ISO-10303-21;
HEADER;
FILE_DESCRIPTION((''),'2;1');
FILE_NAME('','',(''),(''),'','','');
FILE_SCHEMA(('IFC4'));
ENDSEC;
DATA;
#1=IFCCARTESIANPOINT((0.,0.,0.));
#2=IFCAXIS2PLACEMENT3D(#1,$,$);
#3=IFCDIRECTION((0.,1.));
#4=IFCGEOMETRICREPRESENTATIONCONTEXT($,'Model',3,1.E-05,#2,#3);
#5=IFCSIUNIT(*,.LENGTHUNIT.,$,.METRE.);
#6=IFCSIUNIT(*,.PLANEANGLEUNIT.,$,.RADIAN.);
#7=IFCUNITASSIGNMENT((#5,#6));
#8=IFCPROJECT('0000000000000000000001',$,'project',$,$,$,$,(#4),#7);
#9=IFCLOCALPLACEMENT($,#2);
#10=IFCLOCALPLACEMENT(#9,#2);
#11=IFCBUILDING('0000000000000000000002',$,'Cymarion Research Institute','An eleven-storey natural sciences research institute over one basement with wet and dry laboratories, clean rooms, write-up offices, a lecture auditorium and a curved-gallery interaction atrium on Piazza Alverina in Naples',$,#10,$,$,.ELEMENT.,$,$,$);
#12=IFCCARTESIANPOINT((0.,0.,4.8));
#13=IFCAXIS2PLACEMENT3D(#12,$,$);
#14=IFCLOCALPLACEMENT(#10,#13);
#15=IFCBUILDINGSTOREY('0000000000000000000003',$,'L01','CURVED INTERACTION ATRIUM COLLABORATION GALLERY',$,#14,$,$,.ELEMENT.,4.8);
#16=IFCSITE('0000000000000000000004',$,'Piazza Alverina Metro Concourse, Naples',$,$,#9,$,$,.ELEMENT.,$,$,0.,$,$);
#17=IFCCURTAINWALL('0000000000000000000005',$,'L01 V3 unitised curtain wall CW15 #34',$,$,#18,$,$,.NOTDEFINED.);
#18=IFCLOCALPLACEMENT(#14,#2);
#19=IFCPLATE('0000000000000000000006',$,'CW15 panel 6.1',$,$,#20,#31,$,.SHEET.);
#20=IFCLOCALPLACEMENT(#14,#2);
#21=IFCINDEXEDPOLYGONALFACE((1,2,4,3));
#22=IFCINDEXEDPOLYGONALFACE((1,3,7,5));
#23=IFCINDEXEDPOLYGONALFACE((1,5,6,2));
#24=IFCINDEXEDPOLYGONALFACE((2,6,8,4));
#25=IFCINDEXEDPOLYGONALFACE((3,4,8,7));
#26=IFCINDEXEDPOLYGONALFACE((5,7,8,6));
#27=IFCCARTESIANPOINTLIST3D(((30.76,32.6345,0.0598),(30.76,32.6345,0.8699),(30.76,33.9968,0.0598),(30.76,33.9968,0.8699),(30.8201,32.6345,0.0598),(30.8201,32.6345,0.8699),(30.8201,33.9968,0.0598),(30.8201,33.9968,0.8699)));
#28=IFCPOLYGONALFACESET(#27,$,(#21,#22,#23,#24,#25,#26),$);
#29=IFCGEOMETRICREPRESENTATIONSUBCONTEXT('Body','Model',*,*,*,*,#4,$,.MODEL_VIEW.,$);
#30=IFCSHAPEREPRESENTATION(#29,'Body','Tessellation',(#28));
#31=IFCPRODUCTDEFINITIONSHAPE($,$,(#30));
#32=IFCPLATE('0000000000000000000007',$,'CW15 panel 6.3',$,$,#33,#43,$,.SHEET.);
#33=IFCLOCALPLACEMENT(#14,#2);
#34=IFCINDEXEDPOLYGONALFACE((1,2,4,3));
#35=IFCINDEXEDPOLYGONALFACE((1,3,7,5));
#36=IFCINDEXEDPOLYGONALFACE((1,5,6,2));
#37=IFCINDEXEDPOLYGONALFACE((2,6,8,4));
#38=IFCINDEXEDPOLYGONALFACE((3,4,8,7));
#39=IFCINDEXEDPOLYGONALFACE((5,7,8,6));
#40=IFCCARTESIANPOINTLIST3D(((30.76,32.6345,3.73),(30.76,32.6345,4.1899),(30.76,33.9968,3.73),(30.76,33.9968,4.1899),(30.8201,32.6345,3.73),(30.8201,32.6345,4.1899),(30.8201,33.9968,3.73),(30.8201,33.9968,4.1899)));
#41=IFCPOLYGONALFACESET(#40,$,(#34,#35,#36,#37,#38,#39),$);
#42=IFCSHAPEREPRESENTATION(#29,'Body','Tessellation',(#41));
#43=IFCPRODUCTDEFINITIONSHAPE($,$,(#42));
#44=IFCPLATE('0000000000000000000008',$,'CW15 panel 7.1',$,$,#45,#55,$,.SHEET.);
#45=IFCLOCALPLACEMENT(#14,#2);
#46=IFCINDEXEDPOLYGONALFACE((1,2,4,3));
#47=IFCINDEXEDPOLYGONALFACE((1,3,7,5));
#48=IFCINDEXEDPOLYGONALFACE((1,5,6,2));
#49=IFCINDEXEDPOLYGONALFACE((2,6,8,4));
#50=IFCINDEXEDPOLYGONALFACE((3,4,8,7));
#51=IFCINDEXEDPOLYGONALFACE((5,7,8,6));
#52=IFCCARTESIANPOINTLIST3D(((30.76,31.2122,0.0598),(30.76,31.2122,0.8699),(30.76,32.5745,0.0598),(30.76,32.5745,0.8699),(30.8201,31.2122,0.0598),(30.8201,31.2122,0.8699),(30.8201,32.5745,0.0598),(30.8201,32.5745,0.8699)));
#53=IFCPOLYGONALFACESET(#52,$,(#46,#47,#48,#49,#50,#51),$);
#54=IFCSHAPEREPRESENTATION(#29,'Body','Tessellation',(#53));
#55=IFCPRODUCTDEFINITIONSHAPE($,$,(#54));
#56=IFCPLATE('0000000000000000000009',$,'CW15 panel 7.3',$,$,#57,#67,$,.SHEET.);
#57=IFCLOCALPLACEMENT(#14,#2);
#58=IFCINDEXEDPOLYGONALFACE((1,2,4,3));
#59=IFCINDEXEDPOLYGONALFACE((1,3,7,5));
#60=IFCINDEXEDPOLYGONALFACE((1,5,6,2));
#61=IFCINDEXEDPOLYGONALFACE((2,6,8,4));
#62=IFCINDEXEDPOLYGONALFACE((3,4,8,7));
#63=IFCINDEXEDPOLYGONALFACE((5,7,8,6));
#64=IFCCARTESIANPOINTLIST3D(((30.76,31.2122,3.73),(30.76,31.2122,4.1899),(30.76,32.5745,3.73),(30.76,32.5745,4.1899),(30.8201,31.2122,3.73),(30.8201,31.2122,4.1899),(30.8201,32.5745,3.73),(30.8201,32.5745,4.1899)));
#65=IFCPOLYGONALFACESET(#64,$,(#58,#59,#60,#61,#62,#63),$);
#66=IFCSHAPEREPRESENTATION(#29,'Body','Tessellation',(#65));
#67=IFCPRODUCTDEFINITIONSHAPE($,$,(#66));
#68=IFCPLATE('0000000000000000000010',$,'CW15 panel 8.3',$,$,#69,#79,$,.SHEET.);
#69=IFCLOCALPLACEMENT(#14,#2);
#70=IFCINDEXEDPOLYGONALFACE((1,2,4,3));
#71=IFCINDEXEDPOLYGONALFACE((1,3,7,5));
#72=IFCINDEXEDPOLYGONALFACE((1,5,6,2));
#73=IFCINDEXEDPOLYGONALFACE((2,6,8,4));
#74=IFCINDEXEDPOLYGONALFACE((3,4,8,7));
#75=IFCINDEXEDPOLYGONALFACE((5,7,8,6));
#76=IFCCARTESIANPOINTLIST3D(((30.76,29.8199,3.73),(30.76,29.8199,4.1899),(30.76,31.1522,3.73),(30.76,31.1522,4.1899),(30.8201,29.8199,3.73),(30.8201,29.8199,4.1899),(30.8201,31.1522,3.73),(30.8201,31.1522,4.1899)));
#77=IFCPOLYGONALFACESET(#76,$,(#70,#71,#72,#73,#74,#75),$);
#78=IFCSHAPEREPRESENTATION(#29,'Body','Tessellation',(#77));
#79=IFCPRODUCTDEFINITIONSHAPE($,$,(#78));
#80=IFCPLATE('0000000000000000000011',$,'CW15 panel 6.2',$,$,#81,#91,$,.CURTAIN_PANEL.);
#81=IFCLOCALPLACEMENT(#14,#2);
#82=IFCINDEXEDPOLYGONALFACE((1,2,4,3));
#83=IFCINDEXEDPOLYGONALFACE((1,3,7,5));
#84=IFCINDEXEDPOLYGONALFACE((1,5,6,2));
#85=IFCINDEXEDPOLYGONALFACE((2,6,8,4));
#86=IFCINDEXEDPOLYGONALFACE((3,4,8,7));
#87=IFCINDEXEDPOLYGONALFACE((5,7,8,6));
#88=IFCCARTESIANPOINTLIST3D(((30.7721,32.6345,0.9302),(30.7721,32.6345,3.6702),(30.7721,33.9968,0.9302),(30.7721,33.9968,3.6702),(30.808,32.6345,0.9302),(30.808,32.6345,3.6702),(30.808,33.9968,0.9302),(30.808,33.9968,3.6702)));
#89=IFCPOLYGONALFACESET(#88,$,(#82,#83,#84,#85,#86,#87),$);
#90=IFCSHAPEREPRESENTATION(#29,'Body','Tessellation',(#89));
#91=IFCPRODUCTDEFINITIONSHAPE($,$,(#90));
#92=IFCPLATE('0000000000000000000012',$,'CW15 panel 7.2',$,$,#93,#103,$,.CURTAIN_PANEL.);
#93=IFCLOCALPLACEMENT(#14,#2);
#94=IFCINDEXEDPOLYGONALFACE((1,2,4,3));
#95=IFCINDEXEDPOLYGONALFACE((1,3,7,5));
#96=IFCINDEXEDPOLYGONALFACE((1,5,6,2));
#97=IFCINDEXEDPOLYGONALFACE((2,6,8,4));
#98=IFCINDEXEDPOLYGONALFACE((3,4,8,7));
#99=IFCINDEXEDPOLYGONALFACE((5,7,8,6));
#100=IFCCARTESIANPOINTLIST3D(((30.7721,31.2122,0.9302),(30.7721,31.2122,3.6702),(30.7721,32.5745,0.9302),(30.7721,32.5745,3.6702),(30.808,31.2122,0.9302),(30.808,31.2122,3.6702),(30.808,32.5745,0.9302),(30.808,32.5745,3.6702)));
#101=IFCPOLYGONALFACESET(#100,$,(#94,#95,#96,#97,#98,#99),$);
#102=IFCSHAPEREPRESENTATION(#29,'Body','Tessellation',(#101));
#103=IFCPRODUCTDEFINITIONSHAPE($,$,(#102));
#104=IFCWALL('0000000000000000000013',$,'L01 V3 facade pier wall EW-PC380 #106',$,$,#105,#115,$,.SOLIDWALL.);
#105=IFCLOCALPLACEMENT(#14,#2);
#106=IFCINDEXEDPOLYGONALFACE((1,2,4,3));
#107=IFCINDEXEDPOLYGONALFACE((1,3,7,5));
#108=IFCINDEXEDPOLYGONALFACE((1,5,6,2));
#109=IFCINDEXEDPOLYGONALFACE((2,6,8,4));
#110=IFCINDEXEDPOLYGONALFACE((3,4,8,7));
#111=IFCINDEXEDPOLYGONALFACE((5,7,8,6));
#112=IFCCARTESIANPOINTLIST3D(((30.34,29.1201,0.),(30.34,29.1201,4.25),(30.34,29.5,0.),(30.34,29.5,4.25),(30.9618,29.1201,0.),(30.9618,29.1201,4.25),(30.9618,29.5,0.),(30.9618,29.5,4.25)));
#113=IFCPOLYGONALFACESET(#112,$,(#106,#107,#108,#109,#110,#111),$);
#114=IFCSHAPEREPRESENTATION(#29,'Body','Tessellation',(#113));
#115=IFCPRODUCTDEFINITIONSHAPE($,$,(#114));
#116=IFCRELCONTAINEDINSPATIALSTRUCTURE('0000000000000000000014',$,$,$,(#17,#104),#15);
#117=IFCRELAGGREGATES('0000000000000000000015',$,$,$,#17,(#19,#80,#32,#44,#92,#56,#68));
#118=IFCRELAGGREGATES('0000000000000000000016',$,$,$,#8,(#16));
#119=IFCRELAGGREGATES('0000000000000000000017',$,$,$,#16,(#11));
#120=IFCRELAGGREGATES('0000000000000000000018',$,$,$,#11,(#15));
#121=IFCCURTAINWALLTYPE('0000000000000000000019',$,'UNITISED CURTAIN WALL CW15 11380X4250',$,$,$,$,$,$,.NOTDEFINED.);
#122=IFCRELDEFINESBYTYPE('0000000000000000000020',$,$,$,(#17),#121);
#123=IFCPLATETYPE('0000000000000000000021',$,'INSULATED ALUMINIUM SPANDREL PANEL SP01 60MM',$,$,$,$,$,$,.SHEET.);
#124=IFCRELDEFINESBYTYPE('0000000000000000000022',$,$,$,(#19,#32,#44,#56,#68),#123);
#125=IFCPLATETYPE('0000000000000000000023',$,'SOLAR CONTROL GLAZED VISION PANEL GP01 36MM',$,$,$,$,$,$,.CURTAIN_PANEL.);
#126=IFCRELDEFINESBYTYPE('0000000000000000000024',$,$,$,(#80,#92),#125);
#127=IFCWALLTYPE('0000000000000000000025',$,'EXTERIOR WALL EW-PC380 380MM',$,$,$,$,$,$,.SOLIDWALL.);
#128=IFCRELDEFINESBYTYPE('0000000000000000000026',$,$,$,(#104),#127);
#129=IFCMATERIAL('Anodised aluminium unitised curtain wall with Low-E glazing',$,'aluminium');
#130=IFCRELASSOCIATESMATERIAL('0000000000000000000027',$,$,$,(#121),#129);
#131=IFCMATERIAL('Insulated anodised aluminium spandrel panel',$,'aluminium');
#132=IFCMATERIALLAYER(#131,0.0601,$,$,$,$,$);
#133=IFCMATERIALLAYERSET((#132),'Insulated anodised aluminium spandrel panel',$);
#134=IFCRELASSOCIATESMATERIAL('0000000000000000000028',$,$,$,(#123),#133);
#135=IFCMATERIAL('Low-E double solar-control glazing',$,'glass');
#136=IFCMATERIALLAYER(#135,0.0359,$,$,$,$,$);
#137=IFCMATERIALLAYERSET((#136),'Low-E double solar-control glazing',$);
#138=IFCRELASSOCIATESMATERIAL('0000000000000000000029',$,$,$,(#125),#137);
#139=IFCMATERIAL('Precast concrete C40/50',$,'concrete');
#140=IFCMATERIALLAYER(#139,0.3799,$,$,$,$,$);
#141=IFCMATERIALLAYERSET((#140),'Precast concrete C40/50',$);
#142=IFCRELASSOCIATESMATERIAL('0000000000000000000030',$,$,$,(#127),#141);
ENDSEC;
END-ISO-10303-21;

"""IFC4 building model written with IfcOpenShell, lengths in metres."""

from ifc_helpers import new_model, si_unit, direction, frame, frame_2d, origin, origin_2d, place, context, subcontext, project, spatial, rectangle, extrude, material, layer, layer_set, type_object, element, aggregate, save


model = new_model("IFC4")

# Units and contexts
model_context = context("Model", 3, precision=1e-05, world=origin(), true_north=direction((0.0, 1.0)))
body_context = subcontext(model_context, "Body", "Model", "MODEL_VIEW")
ifc_project = project(units=[si_unit("LENGTHUNIT", "METRE"), si_unit("PLANEANGLEUNIT", "RADIAN")], contexts=[model_context])

# Site, building, storey
site_placement = place(None, origin())
site = spatial("IfcSite", under=ifc_project, at=site_placement, Name="Piazza Alverina Metro Concourse, Naples", CompositionType="ELEMENT", RefElevation=0.0)
building_placement = place(site_placement, origin())
building = spatial("IfcBuilding", under=site, at=building_placement, Name="Cymarion Research Institute", Description="An eleven-storey natural sciences research institute over one basement with wet and dry laboratories, clean rooms, write-up offices, a lecture auditorium and a curved-gallery interaction atrium on Piazza Alverina in Naples", CompositionType="ELEMENT")
storey_placement = place(building_placement, frame((0.0, 0.0, 4.8)))
storey = spatial("IfcBuildingStorey", under=building, at=storey_placement, Name="L01", Description="CURVED INTERACTION ATRIUM COLLABORATION GALLERY", CompositionType="ELEMENT", Elevation=4.8)

# Curtain wall
ifc_material_1 = material(Name="Anodised aluminium unitised curtain wall with Low-E glazing", Category="aluminium")
curtain_wall_type = type_object("IfcCurtainWallType", Name="UNITISED CURTAIN WALL CW15 11380X4250", PredefinedType="NOTDEFINED", material=ifc_material_1)
curtain_wall_placement = place(storey_placement, origin())
curtain_wall = element("IfcCurtainWall", 1, at=curtain_wall_placement, inside=storey, type_object=curtain_wall_type, Name="L01 V3 unitised curtain wall CW15 #34", PredefinedType="NOTDEFINED")

# Plates
ifc_material_2 = material(Name="Insulated anodised aluminium spandrel panel", Category="aluminium")
ifc_layer_1 = layer(ifc_material_2, 0.0601)
ifc_layer_set_1 = layer_set([ifc_layer_1], Name="Insulated anodised aluminium spandrel panel")
plate_type_1 = type_object("IfcPlateType", Name="INSULATED ALUMINIUM SPANDREL PANEL SP01 60MM", PredefinedType="SHEET", material=ifc_layer_set_1)
plate_1_placement = place(storey_placement, frame((30.79, 33.3157, 0.0598), z_axis=(0.0, 0.0, 1.0), x_axis=(0.0, -1.0, 0.0)))
plate_1 = element("IfcPlate", 2, at=plate_1_placement, type_object=plate_type_1, Name="CW15 panel 6.1", PredefinedType="SHEET", context=body_context, shape_type="SweptSolid", body=[
    extrude(rectangle(XDim=1.3623, YDim=0.0601, at=origin_2d()), origin(), (0.0, 0.0, 1.0), 0.8101),
])
plate_2_placement = place(storey_placement, frame((30.79, 33.3157, 3.73), z_axis=(0.0, 0.0, 1.0), x_axis=(0.0, -1.0, 0.0)))
plate_2 = element("IfcPlate", 3, at=plate_2_placement, type_object=plate_type_1, Name="CW15 panel 6.3", PredefinedType="SHEET", context=body_context, shape_type="SweptSolid", body=[
    extrude(rectangle(XDim=1.3623, YDim=0.0601, at=origin_2d()), origin(), (0.0, 0.0, 1.0), 0.46),
])
plate_3_placement = place(storey_placement, frame((30.79, 31.8933, 0.0598), z_axis=(0.0, 0.0, 1.0), x_axis=(0.0, -1.0, 0.0)))
plate_3 = element("IfcPlate", 4, at=plate_3_placement, type_object=plate_type_1, Name="CW15 panel 7.1", PredefinedType="SHEET", context=body_context, shape_type="SweptSolid", body=[
    extrude(rectangle(XDim=1.3623, YDim=0.0601, at=origin_2d()), origin(), (0.0, 0.0, 1.0), 0.8101),
])
plate_4_placement = place(storey_placement, frame((30.79, 31.8933, 3.73), z_axis=(0.0, 0.0, 1.0), x_axis=(0.0, -1.0, 0.0)))
plate_4 = element("IfcPlate", 5, at=plate_4_placement, type_object=plate_type_1, Name="CW15 panel 7.3", PredefinedType="SHEET", context=body_context, shape_type="SweptSolid", body=[
    extrude(rectangle(XDim=1.3623, YDim=0.0601, at=origin_2d()), origin(), (0.0, 0.0, 1.0), 0.46),
])
plate_5_placement = place(storey_placement, frame((30.79, 30.4861, 3.73), z_axis=(0.0, 0.0, 1.0), x_axis=(0.0, -1.0, 0.0)))
plate_5 = element("IfcPlate", 6, at=plate_5_placement, type_object=plate_type_1, Name="CW15 panel 8.3", PredefinedType="SHEET", context=body_context, shape_type="SweptSolid", body=[
    extrude(rectangle(XDim=1.3323, YDim=0.0601, at=origin_2d()), origin(), (0.0, 0.0, 1.0), 0.46),
])
ifc_material_3 = material(Name="Low-E double solar-control glazing", Category="glass")
ifc_layer_2 = layer(ifc_material_3, 0.0359)
ifc_layer_set_2 = layer_set([ifc_layer_2], Name="Low-E double solar-control glazing")
plate_type_2 = type_object("IfcPlateType", Name="SOLAR CONTROL GLAZED VISION PANEL GP01 36MM", PredefinedType="CURTAIN_PANEL", material=ifc_layer_set_2)
plate_6_placement = place(storey_placement, frame((30.79, 33.3157, 0.9302), z_axis=(0.0, 0.0, 1.0), x_axis=(0.0, -1.0, 0.0)))
plate_6 = element("IfcPlate", 7, at=plate_6_placement, type_object=plate_type_2, Name="CW15 panel 6.2", PredefinedType="CURTAIN_PANEL", context=body_context, shape_type="SweptSolid", body=[
    extrude(rectangle(XDim=1.3623, YDim=0.0359, at=origin_2d()), origin(), (0.0, 0.0, 1.0), 2.74),
])
plate_7_placement = place(storey_placement, frame((30.79, 31.8933, 0.9302), z_axis=(0.0, 0.0, 1.0), x_axis=(0.0, -1.0, 0.0)))
plate_7 = element("IfcPlate", 8, at=plate_7_placement, type_object=plate_type_2, Name="CW15 panel 7.2", PredefinedType="CURTAIN_PANEL", context=body_context, shape_type="SweptSolid", body=[
    extrude(rectangle(XDim=1.3623, YDim=0.0359, at=origin_2d()), origin(), (0.0, 0.0, 1.0), 2.74),
])
aggregate(curtain_wall, [plate_1, plate_6, plate_2, plate_3, plate_7, plate_4, plate_5])

# Wall
ifc_material_4 = material(Name="Precast concrete C40/50", Category="concrete")
ifc_layer_3 = layer(ifc_material_4, 0.3799)
ifc_layer_set_3 = layer_set([ifc_layer_3], Name="Precast concrete C40/50")
wall_type = type_object("IfcWallType", Name="EXTERIOR WALL EW-PC380 380MM", PredefinedType="SOLIDWALL", material=ifc_layer_set_3)
wall_placement = place(storey_placement, frame((30.9619, 29.3101, 0.0), z_axis=(0.0, 0.0, 1.0), x_axis=(-1.0, 0.0, 0.0)))
element("IfcWall", 9, at=wall_placement, inside=storey, type_object=wall_type, Name="L01 V3 facade pier wall EW-PC380 #106", PredefinedType="SOLIDWALL", context=body_context, shape_type="SweptSolid", body=[
    extrude(rectangle(XDim=0.6218, YDim=0.3799, at=frame_2d((0.311, 0.0))), origin(), (0.0, 0.0, 1.0), 4.25),
])

save(model, "model.ifc")
